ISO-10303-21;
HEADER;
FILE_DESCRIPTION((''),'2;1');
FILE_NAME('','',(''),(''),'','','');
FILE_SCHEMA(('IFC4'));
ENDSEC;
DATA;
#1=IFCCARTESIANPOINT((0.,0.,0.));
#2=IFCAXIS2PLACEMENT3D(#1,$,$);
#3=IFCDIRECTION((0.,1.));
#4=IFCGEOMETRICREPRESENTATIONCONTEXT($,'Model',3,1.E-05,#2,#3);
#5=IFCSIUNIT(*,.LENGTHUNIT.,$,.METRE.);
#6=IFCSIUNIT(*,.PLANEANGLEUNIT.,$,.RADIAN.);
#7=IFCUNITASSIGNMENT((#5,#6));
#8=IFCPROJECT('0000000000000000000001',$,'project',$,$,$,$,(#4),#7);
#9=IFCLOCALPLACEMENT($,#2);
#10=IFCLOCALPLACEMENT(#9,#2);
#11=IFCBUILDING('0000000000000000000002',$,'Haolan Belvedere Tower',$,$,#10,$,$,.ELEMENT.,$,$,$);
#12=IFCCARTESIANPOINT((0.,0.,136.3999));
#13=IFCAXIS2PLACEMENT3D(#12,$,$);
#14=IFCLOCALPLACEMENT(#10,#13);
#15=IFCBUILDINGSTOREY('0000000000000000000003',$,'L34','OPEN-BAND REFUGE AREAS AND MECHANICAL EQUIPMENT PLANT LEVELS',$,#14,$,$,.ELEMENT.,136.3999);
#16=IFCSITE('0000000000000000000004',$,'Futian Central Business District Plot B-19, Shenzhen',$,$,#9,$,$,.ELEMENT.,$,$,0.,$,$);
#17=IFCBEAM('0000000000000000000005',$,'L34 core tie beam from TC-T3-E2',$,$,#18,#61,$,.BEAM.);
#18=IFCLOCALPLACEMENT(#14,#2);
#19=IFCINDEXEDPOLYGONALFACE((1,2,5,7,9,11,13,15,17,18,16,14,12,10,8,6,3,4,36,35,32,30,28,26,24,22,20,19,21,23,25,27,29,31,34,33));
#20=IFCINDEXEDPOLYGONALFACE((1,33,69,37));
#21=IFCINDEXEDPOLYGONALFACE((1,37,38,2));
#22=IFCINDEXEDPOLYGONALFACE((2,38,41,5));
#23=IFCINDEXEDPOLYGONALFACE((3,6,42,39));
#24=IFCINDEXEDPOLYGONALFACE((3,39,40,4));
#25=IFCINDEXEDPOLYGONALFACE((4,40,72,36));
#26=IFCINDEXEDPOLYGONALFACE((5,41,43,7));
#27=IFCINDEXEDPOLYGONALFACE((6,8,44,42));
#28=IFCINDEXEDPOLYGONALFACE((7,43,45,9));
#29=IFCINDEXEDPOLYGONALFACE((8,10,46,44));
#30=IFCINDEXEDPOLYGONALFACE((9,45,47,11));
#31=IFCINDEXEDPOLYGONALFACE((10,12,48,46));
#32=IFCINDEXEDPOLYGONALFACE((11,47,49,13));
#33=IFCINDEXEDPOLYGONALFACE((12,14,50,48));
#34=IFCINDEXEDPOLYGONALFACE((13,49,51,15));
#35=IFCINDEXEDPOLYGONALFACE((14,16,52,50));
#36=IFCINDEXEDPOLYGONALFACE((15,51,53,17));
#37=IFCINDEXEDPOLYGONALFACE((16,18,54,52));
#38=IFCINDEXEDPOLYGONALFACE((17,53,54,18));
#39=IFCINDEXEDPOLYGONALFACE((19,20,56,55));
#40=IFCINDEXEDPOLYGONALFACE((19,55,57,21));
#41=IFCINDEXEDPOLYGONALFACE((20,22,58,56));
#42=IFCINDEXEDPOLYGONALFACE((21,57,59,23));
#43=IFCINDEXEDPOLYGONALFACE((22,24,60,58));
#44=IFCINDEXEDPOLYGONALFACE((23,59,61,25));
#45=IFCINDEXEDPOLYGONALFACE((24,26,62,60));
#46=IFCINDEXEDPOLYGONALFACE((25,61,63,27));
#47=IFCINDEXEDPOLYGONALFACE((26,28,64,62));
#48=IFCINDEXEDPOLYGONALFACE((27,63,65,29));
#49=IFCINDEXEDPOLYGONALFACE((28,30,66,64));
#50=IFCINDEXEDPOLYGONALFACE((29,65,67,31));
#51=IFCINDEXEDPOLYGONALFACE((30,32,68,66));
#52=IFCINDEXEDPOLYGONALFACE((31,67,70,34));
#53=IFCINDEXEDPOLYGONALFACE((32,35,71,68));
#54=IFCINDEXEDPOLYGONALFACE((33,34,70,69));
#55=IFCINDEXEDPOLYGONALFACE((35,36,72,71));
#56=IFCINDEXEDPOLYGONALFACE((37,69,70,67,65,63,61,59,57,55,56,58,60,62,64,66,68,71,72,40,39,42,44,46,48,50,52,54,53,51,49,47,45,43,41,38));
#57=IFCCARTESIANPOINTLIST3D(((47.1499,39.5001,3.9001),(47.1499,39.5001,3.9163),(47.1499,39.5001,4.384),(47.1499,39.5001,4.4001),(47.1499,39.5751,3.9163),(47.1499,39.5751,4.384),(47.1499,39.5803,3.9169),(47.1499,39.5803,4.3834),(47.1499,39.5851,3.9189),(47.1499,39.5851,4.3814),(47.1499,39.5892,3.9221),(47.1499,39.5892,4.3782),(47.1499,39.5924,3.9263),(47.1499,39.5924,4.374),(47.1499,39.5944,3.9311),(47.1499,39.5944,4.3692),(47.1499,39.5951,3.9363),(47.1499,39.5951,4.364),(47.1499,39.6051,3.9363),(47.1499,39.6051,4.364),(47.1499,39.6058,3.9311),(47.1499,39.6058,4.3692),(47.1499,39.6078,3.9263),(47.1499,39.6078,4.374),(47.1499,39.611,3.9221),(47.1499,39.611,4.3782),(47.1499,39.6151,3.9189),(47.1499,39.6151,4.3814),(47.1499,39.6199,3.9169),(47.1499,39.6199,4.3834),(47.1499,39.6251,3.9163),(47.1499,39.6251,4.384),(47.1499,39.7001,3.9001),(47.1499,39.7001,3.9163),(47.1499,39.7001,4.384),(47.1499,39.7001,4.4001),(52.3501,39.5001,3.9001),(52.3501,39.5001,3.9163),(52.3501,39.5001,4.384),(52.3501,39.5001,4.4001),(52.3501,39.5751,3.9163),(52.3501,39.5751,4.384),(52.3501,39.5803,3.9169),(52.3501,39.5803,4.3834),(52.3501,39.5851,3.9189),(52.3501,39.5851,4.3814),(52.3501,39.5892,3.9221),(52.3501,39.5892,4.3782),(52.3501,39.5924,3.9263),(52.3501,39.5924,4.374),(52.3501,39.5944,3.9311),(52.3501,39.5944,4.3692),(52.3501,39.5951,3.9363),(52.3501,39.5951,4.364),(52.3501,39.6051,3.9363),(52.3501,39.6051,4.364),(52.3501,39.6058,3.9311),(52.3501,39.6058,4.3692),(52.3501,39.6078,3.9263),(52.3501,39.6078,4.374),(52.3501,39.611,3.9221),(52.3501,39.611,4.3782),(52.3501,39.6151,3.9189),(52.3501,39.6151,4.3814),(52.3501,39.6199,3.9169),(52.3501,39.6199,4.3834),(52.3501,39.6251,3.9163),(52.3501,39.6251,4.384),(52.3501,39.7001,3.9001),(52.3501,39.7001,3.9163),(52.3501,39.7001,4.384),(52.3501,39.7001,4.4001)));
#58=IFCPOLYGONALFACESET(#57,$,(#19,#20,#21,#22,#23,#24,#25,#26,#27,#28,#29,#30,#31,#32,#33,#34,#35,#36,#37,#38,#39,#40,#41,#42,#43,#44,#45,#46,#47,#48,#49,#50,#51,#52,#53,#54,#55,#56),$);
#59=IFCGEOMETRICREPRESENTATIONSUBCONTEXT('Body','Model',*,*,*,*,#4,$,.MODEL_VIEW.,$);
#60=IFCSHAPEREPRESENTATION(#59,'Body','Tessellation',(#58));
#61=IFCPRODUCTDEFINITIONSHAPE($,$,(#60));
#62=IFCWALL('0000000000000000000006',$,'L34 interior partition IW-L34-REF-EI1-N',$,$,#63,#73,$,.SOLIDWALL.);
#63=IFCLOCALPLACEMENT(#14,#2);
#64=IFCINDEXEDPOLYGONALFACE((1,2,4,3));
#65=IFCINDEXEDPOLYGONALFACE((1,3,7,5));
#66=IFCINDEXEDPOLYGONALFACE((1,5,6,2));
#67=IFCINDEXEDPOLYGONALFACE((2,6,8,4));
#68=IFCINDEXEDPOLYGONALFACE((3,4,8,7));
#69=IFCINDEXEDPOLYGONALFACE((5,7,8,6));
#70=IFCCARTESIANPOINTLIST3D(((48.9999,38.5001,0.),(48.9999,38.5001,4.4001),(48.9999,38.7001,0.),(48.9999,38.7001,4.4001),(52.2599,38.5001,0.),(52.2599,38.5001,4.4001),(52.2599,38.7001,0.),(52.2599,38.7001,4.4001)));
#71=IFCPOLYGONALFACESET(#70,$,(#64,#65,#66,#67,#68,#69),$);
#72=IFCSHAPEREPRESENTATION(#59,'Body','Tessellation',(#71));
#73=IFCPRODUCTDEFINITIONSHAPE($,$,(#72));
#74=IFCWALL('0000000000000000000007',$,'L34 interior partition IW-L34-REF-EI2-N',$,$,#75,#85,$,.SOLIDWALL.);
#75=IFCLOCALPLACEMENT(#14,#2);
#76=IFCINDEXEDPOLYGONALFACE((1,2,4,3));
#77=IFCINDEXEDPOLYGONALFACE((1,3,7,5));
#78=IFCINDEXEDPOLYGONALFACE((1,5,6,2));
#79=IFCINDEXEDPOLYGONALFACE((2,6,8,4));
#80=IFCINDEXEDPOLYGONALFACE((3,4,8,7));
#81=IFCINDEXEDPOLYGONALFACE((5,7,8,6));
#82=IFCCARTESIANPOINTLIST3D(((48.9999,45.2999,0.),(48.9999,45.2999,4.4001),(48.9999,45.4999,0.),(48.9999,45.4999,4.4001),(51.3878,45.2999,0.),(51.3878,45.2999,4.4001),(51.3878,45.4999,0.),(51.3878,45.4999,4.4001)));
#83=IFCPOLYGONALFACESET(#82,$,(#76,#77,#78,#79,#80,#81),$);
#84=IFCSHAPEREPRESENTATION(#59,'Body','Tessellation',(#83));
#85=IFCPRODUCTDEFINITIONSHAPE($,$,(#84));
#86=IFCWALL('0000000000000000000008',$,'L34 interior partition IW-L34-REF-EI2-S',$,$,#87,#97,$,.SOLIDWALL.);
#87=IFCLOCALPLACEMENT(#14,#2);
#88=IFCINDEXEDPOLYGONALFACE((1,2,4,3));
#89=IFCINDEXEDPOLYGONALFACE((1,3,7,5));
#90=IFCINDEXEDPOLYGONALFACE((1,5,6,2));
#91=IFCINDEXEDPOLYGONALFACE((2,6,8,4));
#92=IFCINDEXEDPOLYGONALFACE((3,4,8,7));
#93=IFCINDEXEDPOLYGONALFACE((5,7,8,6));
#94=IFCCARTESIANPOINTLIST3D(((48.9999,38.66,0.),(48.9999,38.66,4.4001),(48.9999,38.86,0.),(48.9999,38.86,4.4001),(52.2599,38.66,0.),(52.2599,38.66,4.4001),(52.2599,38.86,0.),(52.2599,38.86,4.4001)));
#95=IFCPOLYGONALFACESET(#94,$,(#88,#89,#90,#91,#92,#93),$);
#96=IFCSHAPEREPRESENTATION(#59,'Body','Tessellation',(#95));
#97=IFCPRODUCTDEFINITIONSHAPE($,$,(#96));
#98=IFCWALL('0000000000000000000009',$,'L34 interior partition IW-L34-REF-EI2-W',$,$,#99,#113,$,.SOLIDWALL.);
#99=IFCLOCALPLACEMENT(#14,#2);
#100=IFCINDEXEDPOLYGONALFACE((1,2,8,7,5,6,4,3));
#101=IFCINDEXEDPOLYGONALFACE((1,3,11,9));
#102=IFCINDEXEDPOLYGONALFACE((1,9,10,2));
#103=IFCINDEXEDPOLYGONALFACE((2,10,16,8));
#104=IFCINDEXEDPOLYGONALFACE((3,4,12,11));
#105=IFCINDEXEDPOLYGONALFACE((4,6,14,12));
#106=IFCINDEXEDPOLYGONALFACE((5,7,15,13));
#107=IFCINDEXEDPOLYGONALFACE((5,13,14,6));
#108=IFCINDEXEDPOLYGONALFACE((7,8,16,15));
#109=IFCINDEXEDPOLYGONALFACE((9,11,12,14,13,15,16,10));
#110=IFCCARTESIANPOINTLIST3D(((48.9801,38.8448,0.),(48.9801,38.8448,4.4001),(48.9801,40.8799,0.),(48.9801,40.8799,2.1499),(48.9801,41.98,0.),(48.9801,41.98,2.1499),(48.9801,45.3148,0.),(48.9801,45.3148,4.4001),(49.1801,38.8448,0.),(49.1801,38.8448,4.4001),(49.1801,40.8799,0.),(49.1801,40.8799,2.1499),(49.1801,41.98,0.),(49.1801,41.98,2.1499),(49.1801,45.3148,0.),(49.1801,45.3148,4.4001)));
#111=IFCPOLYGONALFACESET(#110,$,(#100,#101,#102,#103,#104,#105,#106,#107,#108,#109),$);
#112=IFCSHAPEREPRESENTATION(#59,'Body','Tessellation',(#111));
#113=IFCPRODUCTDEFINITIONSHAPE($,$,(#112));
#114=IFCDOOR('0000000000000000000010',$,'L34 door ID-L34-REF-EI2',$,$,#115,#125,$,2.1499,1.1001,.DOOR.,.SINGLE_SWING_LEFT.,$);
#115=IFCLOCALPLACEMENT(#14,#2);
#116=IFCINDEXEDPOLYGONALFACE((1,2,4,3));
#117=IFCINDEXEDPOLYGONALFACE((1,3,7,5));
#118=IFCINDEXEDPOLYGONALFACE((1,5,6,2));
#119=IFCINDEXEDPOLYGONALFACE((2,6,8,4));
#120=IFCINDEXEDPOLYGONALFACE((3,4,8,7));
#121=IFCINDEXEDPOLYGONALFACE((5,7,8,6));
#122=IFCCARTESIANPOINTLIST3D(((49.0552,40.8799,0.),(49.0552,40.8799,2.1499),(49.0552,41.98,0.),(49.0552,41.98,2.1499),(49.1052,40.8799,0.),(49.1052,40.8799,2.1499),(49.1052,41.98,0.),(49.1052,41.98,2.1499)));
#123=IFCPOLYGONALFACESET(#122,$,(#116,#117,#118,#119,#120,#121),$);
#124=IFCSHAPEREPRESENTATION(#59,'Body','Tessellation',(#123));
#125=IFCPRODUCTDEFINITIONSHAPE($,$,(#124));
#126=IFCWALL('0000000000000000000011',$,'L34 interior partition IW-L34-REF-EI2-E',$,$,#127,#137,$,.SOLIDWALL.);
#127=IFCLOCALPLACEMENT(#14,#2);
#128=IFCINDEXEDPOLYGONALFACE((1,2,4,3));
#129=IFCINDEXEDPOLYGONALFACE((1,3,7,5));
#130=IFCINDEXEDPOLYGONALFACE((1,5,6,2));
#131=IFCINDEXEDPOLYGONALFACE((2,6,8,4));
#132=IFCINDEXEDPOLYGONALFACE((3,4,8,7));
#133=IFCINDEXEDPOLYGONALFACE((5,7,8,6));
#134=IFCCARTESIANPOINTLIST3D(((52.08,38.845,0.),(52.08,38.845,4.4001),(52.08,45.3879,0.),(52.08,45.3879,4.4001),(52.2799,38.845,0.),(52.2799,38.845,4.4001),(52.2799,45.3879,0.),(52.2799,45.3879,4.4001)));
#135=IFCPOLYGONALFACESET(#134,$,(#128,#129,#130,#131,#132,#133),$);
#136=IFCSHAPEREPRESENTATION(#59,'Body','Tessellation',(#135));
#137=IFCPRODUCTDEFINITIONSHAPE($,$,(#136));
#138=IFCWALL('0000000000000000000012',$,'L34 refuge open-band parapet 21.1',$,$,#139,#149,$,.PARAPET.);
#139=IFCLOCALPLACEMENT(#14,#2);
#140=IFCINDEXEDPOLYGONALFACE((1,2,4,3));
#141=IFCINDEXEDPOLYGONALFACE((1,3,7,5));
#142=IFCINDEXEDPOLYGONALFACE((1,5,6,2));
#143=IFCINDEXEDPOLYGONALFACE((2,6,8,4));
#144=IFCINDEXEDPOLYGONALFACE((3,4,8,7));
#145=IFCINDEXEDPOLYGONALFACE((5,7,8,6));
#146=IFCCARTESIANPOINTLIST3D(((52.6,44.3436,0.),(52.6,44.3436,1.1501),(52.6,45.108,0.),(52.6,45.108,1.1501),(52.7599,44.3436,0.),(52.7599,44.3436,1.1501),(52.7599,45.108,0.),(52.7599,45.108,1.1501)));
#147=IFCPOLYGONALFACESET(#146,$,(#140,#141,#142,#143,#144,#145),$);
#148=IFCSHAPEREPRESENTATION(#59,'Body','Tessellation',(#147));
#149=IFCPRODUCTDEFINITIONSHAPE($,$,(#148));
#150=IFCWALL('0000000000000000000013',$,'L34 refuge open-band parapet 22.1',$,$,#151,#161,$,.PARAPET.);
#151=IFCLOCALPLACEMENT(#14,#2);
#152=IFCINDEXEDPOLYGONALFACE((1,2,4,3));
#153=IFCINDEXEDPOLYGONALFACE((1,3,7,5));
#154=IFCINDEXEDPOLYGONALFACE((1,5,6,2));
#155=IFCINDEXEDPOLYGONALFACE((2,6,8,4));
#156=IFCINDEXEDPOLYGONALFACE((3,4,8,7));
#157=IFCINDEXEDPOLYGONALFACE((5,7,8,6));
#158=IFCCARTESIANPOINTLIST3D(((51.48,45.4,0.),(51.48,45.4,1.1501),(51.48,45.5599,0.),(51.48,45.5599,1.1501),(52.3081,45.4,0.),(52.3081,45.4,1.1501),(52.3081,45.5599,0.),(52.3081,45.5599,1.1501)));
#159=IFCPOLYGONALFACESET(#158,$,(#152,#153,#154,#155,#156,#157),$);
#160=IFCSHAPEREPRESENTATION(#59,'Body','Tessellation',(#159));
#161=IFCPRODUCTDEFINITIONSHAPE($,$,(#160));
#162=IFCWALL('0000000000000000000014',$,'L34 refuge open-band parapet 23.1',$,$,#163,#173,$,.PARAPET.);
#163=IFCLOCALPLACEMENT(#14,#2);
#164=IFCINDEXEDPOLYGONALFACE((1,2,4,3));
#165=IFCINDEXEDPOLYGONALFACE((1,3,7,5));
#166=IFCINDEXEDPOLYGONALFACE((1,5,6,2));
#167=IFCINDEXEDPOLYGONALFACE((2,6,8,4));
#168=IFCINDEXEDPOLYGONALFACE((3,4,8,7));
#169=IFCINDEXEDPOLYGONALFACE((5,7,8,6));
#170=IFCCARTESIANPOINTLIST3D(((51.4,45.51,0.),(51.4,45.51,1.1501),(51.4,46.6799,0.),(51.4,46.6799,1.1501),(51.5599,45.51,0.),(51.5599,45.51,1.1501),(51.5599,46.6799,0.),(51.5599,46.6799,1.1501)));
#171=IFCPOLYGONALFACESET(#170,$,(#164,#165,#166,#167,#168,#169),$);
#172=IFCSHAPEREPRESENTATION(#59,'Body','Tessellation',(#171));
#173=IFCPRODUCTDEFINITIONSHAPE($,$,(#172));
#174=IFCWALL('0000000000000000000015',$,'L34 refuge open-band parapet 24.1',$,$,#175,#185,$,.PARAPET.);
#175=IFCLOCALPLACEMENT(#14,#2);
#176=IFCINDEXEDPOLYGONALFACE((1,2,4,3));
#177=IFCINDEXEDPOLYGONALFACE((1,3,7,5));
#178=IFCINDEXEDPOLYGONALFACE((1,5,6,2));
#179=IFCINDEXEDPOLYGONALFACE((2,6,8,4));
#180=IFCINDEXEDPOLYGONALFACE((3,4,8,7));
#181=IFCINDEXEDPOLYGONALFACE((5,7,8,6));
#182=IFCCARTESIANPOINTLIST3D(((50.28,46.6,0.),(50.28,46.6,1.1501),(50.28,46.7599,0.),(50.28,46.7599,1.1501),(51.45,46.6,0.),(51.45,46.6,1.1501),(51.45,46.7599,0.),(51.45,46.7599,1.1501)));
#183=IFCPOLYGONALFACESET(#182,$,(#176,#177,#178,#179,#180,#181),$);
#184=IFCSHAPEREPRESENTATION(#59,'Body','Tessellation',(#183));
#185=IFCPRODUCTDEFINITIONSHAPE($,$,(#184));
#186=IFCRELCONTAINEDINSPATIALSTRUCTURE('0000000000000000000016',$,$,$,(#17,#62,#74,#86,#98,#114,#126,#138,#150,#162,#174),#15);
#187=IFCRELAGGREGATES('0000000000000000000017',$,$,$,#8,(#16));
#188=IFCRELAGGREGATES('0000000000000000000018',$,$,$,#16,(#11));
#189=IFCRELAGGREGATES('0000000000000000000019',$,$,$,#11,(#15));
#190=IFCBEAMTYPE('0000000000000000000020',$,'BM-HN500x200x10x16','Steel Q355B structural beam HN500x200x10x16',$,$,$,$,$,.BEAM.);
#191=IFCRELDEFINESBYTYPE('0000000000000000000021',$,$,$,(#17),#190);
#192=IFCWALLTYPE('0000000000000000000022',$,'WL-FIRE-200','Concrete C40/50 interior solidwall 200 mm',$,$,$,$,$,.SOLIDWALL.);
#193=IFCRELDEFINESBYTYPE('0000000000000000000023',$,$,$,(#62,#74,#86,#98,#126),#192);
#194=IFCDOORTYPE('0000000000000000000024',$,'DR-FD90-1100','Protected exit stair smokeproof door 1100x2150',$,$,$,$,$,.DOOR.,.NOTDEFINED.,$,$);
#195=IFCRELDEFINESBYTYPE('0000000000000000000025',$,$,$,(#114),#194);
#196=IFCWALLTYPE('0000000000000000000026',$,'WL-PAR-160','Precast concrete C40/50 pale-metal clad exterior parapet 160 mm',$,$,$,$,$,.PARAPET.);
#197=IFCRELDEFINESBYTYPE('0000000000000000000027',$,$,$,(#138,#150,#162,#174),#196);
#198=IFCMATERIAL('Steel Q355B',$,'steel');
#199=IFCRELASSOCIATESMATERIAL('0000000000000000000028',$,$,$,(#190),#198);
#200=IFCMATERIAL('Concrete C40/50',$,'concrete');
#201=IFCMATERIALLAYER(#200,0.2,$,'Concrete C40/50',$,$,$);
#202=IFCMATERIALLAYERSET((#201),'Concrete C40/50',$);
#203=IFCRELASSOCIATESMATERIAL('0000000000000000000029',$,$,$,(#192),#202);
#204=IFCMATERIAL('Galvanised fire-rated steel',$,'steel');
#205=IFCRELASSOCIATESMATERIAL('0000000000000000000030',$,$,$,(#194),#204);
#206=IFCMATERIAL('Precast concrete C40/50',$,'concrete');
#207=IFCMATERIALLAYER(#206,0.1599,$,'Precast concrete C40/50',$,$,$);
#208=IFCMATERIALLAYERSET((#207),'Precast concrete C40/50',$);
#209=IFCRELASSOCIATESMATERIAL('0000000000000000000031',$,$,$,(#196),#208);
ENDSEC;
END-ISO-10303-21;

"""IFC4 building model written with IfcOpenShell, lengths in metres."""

from ifc_helpers import new_model, si_unit, direction, frame, frame_2d, origin, origin_2d, place, context, subcontext, project, spatial, rectangle, i_section, extrude, material, layer, layer_set, material_profile, profile_set, type_object, element, fill, save


model = new_model("IFC4")

# Units and contexts
model_context = context("Model", 3, precision=1e-05, world=origin(), true_north=direction((0.0, 1.0)))
body_context = subcontext(model_context, "Body", "Model", "MODEL_VIEW")
ifc_project = project(units=[si_unit("LENGTHUNIT", "METRE"), si_unit("PLANEANGLEUNIT", "RADIAN")], contexts=[model_context])

# Site, building, storey
site_placement = place(None, origin())
site = spatial("IfcSite", under=ifc_project, at=site_placement, Name="Futian Central Business District Plot B-19, Shenzhen", CompositionType="ELEMENT", RefElevation=0.0)
building_placement = place(site_placement, origin())
building = spatial("IfcBuilding", under=site, at=building_placement, Name="Haolan Belvedere Tower", CompositionType="ELEMENT")
storey_placement = place(building_placement, frame((0.0, 0.0, 136.3999)))
storey = spatial("IfcBuildingStorey", under=building, at=storey_placement, Name="L34", Description="OPEN-BAND REFUGE AREAS AND MECHANICAL EQUIPMENT PLANT LEVELS", CompositionType="ELEMENT", Elevation=136.3999)

# Beam
ifc_material_1 = material(Name="Steel Q355B", Category="steel")
ifc_material_profile = material_profile(ifc_material_1, i_section(OverallWidth=0.2, OverallDepth=0.5, WebThickness=0.01, FlangeThickness=0.0161, FilletRadius=0.02, at=origin_2d()), Name="Steel Q355B")
ifc_profile_set = profile_set([ifc_material_profile], Name="Steel Q355B")
beam_type = type_object("IfcBeamType", Name="BM-HN500x200x10x16", Description="Steel Q355B structural beam HN500x200x10x16", PredefinedType="BEAM", material=ifc_profile_set)
beam_placement = place(storey_placement, frame((52.3501, 39.6001, 4.1501), z_axis=(-1.0, 0.0, 0.0), x_axis=(0.0, -1.0, 0.0)))
element("IfcBeam", 1, at=beam_placement, inside=storey, type_object=beam_type, Name="L34 core tie beam from TC-T3-E2", PredefinedType="BEAM", context=body_context, shape_type="SweptSolid", body=[
    extrude(i_section(OverallWidth=0.2, OverallDepth=0.5, WebThickness=0.01, FlangeThickness=0.0161, FilletRadius=0.02, at=origin_2d()), origin(), (0.0, 0.0, 1.0), 5.2002),
])

# Walls
ifc_material_2 = material(Name="Concrete C40/50", Category="concrete")
ifc_layer_1 = layer(ifc_material_2, 0.2, Name="Concrete C40/50")
ifc_layer_set_1 = layer_set([ifc_layer_1], Name="Concrete C40/50")
wall_type_1 = type_object("IfcWallType", Name="WL-FIRE-200", Description="Concrete C40/50 interior solidwall 200 mm", PredefinedType="SOLIDWALL", material=ifc_layer_set_1)
wall_1_placement = place(storey_placement, frame((49.0, 38.6001, 0.0), z_axis=(0.0, 0.0, 1.0), x_axis=(1.0, 0.0, 0.0)))
element("IfcWall", 2, at=wall_1_placement, inside=storey, type_object=wall_type_1, Name="L34 interior partition IW-L34-REF-EI1-N", PredefinedType="SOLIDWALL", context=body_context, shape_type="SweptSolid", body=[
    extrude(rectangle(XDim=3.26, YDim=0.2, at=frame_2d((1.6299, 0.0))), origin(), (0.0, 0.0, 1.0), 4.4001),
])
wall_2_placement = place(storey_placement, frame((49.0, 45.3999, 0.0), z_axis=(0.0, 0.0, 1.0), x_axis=(1.0, 0.0, 0.0)))
element("IfcWall", 3, at=wall_2_placement, inside=storey, type_object=wall_type_1, Name="L34 interior partition IW-L34-REF-EI2-N", PredefinedType="SOLIDWALL", context=body_context, shape_type="SweptSolid", body=[
    extrude(rectangle(XDim=2.3879, YDim=0.2, at=frame_2d((1.1938, 0.0))), origin(), (0.0, 0.0, 1.0), 4.4001),
])
wall_3_placement = place(storey_placement, frame((49.0, 38.76, 0.0), z_axis=(0.0, 0.0, 1.0), x_axis=(1.0, 0.0, 0.0)))
element("IfcWall", 4, at=wall_3_placement, inside=storey, type_object=wall_type_1, Name="L34 interior partition IW-L34-REF-EI2-S", PredefinedType="SOLIDWALL", context=body_context, shape_type="SweptSolid", body=[
    extrude(rectangle(XDim=3.26, YDim=0.2, at=frame_2d((1.6299, 0.0))), origin(), (0.0, 0.0, 1.0), 4.4001),
])

# Wall, opening, door
wall_4_placement = place(storey_placement, frame((49.0801, 38.845, 0.0), z_axis=(0.0, 0.0, 1.0), x_axis=(0.0, 1.0, 0.0)))
wall_4 = element("IfcWall", 5, at=wall_4_placement, inside=storey, type_object=wall_type_1, Name="L34 interior partition IW-L34-REF-EI2-W", PredefinedType="SOLIDWALL", context=body_context, shape_type="SweptSolid", body=[
    extrude(rectangle(XDim=6.47, YDim=0.2, at=frame_2d((3.2349, 0.0))), origin(), (0.0, 0.0, 1.0), 4.4001),
])
opening_placement = place(wall_4_placement, frame((2.0349, 0.0, 0.0)))
opening = element("IfcOpeningElement", 6, at=opening_placement, cuts=wall_4, PredefinedType="OPENING", context=body_context, shape_type="SweptSolid", body=[
    extrude(rectangle(XDim=1.1001, YDim=2.1499, at=frame_2d((0.55, 1.075))), frame((0.0, 0.1099, 0.0), z_axis=(0.0, -1.0, 0.0), x_axis=(1.0, 0.0, 0.0)), (0.0, 0.0, 1.0), 0.22),
])
ifc_material_3 = material(Name="Galvanised fire-rated steel", Category="steel")
door_type = type_object("IfcDoorType", Name="DR-FD90-1100", Description="Protected exit stair smokeproof door 1100x2150", OperationType="NOTDEFINED", PredefinedType="DOOR", material=ifc_material_3)
door_placement = place(opening_placement, origin())
door = element("IfcDoor", 7, at=door_placement, inside=storey, type_object=door_type, Name="L34 door ID-L34-REF-EI2", OperationType="SINGLE_SWING_LEFT", OverallHeight=2.1499, OverallWidth=1.1001, PredefinedType="DOOR", context=body_context, shape_type="SweptSolid", body=[
    extrude(rectangle(XDim=1.1001, YDim=2.1499, at=frame_2d((0.55, 1.075))), frame((0.0, 0.0249, 0.0), z_axis=(0.0, -1.0, 0.0), x_axis=(1.0, 0.0, 0.0)), (0.0, 0.0, 1.0), 0.05),
])
fill(opening, door)

# Walls
wall_5_placement = place(storey_placement, frame((52.1799, 38.845, 0.0), z_axis=(0.0, 0.0, 1.0), x_axis=(0.0, 1.0, 0.0)))
element("IfcWall", 8, at=wall_5_placement, inside=storey, type_object=wall_type_1, Name="L34 interior partition IW-L34-REF-EI2-E", PredefinedType="SOLIDWALL", context=body_context, shape_type="SweptSolid", body=[
    extrude(rectangle(XDim=6.543, YDim=0.2, at=frame_2d((3.2715, 0.0))), origin(), (0.0, 0.0, 1.0), 4.4001),
])
ifc_material_4 = material(Name="Precast concrete C40/50", Category="concrete")
ifc_layer_2 = layer(ifc_material_4, 0.1599, Name="Precast concrete C40/50")
ifc_layer_set_2 = layer_set([ifc_layer_2], Name="Precast concrete C40/50")
wall_type_2 = type_object("IfcWallType", Name="WL-PAR-160", Description="Precast concrete C40/50 pale-metal clad exterior parapet 160 mm", PredefinedType="PARAPET", material=ifc_layer_set_2)
wall_6_placement = place(storey_placement, frame((52.6799, 44.3435, 0.0), z_axis=(0.0, 0.0, 1.0), x_axis=(0.0, 1.0, 0.0)))
element("IfcWall", 9, at=wall_6_placement, inside=storey, type_object=wall_type_2, Name="L34 refuge open-band parapet 21.1", PredefinedType="PARAPET", context=body_context, shape_type="SweptSolid", body=[
    extrude(rectangle(XDim=0.7644, YDim=0.1599, at=frame_2d((0.3823, 0.0))), origin(), (0.0, 0.0, 1.0), 1.1501),
])
wall_7_placement = place(storey_placement, frame((52.3081, 45.48, 0.0), z_axis=(0.0, 0.0, 1.0), x_axis=(-1.0, 0.0, 0.0)))
element("IfcWall", 10, at=wall_7_placement, inside=storey, type_object=wall_type_2, Name="L34 refuge open-band parapet 22.1", PredefinedType="PARAPET", context=body_context, shape_type="SweptSolid", body=[
    extrude(rectangle(XDim=0.8281, YDim=0.1599, at=frame_2d((0.4141, 0.0))), origin(), (0.0, 0.0, 1.0), 1.1501),
])
for number, where, z_axis, x_axis, name in (
    (11, (51.48, 45.51, 0.0), (0.0, 0.0, 1.0), (0.0, 1.0, 0.0), "L34 refuge open-band parapet 23.1"),
    (12, (51.45, 46.6799, 0.0), (0.0, 0.0, 1.0), (-1.0, 0.0, 0.0), "L34 refuge open-band parapet 24.1"),
):
    element("IfcWall", number, at=place(storey_placement, frame(where, z_axis=z_axis, x_axis=x_axis)), inside=storey, type_object=wall_type_2, Name=name, PredefinedType="PARAPET", context=body_context, shape_type="SweptSolid", body=[
        extrude(rectangle(XDim=1.1699, YDim=0.1599, at=frame_2d((0.585, 0.0))), origin(), (0.0, 0.0, 1.0), 1.1501),
    ])

save(model, "model.ifc")
